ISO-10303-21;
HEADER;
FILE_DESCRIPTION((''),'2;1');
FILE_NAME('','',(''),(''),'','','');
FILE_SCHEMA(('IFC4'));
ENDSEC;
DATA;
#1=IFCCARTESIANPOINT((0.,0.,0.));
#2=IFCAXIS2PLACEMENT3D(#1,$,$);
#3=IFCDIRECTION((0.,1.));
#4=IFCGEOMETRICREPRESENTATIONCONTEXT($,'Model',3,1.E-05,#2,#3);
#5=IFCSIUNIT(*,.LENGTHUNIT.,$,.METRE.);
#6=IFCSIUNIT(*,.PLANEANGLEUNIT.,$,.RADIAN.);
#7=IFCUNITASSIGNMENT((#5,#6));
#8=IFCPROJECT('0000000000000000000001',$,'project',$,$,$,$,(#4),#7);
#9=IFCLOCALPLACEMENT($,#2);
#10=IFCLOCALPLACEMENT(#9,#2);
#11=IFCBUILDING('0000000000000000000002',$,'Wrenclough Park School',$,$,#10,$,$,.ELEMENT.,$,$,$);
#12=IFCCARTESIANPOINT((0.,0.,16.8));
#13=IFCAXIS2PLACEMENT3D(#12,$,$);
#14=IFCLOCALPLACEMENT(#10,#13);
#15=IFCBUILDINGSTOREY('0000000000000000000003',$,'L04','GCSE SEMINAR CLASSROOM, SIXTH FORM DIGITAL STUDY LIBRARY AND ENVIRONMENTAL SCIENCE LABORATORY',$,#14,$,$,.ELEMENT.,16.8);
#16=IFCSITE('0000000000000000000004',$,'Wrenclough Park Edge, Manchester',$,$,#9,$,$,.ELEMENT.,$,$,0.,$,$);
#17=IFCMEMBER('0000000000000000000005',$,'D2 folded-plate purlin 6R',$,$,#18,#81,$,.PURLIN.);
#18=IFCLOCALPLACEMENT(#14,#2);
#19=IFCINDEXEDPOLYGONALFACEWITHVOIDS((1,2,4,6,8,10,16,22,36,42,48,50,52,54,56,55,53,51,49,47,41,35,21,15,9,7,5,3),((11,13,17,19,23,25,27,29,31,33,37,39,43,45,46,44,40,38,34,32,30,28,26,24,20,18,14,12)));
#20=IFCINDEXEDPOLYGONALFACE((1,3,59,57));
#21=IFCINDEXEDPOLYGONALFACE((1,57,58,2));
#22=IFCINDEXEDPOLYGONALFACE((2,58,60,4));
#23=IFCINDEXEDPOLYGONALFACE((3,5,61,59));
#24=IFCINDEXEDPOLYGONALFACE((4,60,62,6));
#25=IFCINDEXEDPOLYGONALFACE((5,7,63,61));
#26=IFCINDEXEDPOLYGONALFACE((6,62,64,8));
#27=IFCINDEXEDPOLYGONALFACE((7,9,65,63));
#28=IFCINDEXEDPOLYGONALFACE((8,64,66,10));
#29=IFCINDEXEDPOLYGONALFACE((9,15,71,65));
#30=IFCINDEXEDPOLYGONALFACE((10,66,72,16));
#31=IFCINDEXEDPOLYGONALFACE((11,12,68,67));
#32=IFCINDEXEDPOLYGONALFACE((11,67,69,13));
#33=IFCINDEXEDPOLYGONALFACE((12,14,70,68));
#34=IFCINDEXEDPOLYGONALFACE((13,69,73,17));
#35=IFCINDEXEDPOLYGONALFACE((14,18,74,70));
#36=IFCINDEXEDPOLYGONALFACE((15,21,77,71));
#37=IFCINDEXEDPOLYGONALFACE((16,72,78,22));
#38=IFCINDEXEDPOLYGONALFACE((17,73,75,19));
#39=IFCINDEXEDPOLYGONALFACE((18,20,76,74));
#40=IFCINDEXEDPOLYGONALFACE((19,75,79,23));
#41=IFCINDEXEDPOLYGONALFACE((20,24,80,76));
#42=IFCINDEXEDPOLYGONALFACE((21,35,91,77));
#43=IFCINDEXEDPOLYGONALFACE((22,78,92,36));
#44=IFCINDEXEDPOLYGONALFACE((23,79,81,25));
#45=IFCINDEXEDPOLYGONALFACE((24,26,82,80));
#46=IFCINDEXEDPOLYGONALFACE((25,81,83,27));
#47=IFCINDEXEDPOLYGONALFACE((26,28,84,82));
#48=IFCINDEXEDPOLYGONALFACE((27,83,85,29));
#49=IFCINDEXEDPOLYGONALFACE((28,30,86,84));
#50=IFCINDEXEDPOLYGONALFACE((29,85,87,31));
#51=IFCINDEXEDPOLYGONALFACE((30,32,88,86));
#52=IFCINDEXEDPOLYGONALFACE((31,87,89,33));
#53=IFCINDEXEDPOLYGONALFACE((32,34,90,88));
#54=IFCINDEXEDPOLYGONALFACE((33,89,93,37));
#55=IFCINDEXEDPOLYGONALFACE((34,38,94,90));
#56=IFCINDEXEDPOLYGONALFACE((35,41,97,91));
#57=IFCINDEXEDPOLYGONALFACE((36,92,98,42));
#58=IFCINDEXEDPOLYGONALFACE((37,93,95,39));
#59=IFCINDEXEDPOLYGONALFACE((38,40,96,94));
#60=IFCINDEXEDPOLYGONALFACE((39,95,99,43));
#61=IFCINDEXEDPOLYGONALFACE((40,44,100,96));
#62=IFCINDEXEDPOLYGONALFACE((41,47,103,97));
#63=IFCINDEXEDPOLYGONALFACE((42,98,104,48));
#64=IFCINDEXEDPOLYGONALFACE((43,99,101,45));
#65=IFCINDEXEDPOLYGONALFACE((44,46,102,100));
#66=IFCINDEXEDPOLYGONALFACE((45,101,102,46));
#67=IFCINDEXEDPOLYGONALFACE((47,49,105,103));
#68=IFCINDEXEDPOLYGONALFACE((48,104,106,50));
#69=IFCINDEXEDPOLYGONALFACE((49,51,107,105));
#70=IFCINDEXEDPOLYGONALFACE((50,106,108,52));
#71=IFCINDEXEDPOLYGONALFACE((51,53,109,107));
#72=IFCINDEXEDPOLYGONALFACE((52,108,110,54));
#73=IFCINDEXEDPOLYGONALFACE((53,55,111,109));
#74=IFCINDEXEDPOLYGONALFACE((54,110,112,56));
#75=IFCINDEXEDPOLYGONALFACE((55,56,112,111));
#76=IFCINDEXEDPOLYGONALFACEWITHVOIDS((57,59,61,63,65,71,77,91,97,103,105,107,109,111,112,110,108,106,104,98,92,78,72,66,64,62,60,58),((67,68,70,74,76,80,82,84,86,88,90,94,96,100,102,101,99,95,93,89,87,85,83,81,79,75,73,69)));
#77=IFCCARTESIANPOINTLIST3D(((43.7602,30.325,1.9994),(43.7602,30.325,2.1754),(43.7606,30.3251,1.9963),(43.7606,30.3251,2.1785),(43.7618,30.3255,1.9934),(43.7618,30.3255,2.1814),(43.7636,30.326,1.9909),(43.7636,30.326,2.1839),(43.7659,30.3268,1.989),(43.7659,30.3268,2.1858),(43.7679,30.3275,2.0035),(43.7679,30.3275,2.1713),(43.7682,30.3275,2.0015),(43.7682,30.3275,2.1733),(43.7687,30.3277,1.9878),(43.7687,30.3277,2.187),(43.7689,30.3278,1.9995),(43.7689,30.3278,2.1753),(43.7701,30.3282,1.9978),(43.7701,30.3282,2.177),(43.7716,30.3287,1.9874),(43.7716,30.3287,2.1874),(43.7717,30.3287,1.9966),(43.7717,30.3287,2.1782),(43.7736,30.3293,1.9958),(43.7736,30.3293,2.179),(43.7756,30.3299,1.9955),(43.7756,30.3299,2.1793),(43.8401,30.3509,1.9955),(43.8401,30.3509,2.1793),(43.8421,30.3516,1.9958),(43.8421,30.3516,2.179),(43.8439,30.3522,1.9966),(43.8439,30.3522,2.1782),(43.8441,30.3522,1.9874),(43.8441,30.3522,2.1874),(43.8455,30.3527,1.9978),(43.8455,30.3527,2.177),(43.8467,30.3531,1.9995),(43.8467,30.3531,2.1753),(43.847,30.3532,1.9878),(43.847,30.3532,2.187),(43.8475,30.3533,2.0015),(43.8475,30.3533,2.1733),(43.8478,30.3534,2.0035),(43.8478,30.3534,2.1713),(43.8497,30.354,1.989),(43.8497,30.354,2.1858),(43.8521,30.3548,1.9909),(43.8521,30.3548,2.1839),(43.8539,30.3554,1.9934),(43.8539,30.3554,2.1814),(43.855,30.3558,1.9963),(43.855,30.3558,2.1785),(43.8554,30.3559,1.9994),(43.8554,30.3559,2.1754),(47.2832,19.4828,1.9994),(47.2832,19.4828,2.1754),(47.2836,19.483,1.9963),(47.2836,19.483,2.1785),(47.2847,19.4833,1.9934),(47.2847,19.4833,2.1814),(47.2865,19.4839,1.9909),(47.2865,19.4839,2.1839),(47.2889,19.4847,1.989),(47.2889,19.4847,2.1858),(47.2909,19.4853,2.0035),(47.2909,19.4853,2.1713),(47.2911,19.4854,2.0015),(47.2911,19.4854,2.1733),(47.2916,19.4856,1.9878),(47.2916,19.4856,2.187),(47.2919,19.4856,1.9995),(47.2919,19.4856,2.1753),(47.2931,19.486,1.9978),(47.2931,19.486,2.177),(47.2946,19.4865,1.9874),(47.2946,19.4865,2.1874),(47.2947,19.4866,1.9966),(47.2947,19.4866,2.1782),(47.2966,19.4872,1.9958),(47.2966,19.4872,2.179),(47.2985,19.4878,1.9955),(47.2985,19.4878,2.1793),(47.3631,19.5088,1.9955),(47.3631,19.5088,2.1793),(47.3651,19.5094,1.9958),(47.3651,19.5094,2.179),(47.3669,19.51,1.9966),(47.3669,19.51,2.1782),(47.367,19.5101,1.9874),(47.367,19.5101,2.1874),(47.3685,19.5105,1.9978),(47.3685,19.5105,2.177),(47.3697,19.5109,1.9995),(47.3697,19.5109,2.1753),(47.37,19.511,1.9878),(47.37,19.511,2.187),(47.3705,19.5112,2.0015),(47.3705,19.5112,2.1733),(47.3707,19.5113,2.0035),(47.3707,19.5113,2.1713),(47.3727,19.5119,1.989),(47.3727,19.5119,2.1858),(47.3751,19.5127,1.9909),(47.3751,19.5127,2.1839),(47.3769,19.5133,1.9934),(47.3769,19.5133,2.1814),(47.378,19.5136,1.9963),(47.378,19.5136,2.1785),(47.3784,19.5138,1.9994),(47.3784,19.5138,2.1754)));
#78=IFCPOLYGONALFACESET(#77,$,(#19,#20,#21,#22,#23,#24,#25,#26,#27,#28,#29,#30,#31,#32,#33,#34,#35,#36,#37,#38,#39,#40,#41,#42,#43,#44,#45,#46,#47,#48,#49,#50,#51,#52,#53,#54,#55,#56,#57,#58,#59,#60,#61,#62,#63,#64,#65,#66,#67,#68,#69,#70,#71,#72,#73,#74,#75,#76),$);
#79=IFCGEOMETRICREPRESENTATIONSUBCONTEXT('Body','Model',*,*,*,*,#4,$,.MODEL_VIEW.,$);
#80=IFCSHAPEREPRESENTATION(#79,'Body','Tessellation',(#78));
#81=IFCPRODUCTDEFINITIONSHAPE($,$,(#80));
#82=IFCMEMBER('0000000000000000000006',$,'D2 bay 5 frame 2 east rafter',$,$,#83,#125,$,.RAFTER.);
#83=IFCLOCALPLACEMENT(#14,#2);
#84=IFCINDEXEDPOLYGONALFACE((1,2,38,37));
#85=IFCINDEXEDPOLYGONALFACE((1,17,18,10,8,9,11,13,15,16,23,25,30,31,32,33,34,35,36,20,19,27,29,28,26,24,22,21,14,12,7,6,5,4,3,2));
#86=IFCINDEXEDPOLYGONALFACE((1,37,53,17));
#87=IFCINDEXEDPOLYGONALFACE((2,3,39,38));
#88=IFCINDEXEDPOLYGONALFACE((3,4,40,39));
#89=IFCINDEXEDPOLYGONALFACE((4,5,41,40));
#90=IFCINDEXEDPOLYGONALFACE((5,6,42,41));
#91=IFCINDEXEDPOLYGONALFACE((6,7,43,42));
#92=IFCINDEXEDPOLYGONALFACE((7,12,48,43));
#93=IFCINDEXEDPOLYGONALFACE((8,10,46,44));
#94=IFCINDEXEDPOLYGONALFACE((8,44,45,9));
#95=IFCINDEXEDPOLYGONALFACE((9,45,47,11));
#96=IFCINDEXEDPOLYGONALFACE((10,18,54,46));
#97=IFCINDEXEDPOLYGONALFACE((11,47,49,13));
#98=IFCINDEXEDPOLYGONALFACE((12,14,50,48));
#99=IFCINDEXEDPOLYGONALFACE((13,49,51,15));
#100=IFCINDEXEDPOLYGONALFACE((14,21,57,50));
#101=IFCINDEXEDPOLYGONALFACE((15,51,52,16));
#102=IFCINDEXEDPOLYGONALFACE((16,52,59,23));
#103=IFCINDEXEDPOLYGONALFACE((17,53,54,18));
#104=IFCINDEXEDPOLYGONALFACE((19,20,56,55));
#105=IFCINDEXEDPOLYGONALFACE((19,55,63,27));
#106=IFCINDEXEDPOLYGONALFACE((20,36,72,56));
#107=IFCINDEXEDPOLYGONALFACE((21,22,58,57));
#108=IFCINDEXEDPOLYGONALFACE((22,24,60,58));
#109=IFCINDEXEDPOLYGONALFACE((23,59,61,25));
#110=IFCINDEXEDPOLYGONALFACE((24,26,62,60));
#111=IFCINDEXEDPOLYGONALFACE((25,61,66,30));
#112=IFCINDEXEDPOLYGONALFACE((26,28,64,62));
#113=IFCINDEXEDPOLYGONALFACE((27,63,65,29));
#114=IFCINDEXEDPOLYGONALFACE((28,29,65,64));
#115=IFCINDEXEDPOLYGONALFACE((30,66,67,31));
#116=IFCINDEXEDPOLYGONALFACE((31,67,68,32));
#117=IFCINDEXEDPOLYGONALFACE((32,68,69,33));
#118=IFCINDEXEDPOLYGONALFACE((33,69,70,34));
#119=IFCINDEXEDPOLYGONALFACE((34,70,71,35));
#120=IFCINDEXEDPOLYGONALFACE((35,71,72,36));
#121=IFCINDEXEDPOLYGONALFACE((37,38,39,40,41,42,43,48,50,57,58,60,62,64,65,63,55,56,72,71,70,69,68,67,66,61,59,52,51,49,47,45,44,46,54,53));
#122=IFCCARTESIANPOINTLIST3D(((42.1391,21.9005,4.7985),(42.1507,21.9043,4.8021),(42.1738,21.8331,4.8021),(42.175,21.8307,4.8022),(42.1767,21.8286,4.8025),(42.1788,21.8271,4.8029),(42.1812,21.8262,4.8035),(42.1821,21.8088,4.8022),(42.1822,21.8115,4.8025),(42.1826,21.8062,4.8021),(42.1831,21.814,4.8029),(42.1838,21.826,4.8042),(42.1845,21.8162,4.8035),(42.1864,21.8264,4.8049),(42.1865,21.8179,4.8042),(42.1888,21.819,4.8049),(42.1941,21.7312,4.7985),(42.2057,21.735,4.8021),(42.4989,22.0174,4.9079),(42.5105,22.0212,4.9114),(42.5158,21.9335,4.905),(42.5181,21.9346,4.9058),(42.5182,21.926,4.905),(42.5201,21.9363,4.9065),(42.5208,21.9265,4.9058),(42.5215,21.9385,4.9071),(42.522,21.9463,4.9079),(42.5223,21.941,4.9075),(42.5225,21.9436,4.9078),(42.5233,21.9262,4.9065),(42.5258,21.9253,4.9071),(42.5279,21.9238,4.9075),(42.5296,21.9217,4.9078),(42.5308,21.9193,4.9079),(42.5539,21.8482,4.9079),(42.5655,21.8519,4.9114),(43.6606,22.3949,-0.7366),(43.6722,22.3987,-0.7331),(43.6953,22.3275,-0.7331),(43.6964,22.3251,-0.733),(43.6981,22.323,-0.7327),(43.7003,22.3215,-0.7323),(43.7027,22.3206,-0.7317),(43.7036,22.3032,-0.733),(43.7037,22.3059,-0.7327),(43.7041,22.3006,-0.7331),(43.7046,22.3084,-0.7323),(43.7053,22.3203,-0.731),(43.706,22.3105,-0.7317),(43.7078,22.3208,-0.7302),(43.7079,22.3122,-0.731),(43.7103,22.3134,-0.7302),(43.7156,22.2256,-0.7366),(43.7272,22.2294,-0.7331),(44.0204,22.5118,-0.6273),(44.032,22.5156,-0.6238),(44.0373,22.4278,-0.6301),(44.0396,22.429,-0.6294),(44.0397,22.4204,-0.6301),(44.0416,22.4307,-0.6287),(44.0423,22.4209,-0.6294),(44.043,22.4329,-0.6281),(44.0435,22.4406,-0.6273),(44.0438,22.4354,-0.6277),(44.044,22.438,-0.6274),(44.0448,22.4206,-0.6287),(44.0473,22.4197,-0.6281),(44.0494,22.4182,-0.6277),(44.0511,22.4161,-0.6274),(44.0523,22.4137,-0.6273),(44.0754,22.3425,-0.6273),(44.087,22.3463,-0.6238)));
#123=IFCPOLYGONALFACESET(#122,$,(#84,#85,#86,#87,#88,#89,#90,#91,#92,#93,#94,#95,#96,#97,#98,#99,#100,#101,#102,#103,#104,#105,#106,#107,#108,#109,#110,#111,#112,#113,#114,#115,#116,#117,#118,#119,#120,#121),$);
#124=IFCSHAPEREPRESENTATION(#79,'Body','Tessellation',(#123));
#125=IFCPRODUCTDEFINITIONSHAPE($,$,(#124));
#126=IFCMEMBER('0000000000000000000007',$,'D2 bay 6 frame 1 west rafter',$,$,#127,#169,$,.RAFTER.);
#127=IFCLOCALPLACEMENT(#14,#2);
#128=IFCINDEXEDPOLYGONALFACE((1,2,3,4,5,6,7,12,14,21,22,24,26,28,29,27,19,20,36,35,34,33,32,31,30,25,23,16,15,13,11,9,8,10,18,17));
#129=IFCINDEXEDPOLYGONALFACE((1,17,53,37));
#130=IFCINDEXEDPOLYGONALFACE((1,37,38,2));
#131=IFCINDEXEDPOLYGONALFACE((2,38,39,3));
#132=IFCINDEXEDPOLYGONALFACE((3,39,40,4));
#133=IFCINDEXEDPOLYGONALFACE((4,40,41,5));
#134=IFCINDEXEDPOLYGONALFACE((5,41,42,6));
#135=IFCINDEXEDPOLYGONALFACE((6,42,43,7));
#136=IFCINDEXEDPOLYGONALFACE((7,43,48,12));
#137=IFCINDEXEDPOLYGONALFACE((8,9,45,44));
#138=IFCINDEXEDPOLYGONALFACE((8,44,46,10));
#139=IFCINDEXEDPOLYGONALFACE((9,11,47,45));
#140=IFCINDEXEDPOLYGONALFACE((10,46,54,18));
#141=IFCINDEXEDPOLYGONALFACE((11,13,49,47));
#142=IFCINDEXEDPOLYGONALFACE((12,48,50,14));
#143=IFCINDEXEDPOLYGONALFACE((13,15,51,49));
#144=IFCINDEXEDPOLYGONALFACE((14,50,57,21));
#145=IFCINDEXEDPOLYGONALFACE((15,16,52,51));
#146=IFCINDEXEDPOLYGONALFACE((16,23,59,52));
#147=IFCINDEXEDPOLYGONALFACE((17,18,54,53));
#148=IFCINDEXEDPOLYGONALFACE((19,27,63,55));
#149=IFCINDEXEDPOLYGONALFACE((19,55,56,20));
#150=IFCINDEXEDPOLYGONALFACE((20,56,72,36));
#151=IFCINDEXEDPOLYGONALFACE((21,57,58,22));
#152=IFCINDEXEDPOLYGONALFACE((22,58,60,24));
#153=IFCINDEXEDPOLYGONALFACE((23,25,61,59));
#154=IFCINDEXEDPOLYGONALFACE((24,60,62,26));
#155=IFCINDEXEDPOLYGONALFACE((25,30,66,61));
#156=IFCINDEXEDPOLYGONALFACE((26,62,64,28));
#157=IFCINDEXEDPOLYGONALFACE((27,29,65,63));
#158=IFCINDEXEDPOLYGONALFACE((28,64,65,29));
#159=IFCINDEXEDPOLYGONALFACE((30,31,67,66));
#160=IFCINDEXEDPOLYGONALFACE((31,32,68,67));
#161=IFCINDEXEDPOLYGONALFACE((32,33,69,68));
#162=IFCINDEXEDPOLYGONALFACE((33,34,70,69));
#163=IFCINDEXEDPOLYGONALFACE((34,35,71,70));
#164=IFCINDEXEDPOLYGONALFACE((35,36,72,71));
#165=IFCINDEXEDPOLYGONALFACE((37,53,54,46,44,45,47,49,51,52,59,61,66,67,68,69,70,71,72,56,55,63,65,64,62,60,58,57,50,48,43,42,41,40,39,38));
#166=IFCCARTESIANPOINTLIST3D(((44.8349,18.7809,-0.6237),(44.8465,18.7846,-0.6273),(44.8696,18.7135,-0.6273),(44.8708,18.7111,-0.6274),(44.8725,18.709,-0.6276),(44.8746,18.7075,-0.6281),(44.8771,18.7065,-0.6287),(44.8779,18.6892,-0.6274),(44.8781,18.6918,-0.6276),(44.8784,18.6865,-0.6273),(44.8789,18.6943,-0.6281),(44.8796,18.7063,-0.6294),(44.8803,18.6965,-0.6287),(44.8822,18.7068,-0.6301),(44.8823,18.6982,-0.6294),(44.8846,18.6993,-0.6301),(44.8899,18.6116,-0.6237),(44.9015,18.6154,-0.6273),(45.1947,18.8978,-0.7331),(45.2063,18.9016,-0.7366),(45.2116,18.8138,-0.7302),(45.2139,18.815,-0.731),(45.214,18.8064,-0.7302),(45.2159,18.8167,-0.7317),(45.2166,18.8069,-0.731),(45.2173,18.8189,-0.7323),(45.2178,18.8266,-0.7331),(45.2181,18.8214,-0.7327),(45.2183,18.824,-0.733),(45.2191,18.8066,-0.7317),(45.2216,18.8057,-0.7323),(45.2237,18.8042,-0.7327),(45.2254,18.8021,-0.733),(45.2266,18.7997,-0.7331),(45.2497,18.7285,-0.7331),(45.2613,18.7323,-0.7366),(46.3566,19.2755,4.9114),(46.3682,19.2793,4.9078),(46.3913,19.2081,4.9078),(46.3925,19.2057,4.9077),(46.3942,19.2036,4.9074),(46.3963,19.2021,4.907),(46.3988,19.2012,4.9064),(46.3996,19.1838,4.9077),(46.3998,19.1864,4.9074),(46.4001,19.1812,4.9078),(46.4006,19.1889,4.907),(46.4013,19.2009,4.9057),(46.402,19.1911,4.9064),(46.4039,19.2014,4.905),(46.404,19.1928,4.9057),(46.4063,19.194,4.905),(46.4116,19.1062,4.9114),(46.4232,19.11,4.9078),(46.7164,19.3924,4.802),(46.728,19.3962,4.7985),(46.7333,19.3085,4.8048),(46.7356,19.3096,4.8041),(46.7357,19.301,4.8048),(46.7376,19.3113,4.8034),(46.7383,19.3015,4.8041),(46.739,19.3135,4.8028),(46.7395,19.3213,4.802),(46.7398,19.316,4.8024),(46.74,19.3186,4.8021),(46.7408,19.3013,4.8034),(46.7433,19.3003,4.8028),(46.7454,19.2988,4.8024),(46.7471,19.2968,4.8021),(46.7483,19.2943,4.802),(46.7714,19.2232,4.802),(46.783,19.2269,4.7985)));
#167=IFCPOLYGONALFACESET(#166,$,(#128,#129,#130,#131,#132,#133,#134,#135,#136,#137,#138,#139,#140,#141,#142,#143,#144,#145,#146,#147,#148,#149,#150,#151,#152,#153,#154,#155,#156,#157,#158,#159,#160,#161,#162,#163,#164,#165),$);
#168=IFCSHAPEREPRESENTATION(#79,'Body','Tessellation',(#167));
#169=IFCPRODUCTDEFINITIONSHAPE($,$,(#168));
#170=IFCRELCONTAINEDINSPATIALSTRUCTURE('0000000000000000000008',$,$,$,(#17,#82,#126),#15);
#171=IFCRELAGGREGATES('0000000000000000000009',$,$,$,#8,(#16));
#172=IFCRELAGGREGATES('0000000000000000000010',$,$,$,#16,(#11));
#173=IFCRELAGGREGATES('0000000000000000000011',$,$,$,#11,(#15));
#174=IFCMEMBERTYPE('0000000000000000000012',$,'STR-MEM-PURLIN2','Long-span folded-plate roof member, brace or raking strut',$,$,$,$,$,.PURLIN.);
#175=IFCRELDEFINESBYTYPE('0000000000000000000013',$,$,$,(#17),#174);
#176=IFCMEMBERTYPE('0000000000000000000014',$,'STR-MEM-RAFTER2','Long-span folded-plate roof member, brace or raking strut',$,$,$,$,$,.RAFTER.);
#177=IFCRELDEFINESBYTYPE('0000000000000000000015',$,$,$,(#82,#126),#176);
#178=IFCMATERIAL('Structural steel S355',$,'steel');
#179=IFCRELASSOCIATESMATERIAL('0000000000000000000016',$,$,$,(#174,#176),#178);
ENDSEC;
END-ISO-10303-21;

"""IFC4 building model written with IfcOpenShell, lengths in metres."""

from ifc_helpers import new_model, si_unit, direction, frame, origin, origin_2d, place, context, subcontext, project, spatial, hollow_rectangle, i_section, extrude, material, material_profile, profile_set, type_object, element, save


model = new_model("IFC4")

# Units and contexts
model_context = context("Model", 3, precision=1e-05, world=origin(), true_north=direction((0.0, 1.0)))
body_context = subcontext(model_context, "Body", "Model", "MODEL_VIEW")
ifc_project = project(units=[si_unit("LENGTHUNIT", "METRE"), si_unit("PLANEANGLEUNIT", "RADIAN")], contexts=[model_context])

# Site, building, storey
site_placement = place(None, origin())
site = spatial("IfcSite", under=ifc_project, at=site_placement, Name="Wrenclough Park Edge, Manchester", CompositionType="ELEMENT", RefElevation=0.0)
building_placement = place(site_placement, origin())
building = spatial("IfcBuilding", under=site, at=building_placement, Name="Wrenclough Park School", CompositionType="ELEMENT")
storey_placement = place(building_placement, frame((0.0, 0.0, 16.8)))
storey = spatial("IfcBuildingStorey", under=building, at=storey_placement, Name="L04", Description="GCSE SEMINAR CLASSROOM, SIXTH FORM DIGITAL STUDY LIBRARY AND ENVIRONMENTAL SCIENCE LABORATORY", CompositionType="ELEMENT", Elevation=16.8)

# Shared definitions
ifc_material_1 = material(Name="Structural steel S355", Category="steel")

# Members
ifc_material_profile_1 = material_profile(ifc_material_1, hollow_rectangle(XDim=0.1001, YDim=0.2, WallThickness=0.0081, InnerFilletRadius=0.0081, OuterFilletRadius=0.012, at=origin_2d()), Name="RHS 200x100x8.0")
ifc_profile_set_1 = profile_set([ifc_material_profile_1], Name="Structural steel S355")
member_type_1 = type_object("IfcMemberType", Name="STR-MEM-PURLIN2", Description="Long-span folded-plate roof member, brace or raking strut", PredefinedType="PURLIN", material=ifc_profile_set_1)
for number, where, z_axis, x_axis, name in (
    (1, (47.3308, 19.4983, 2.0874), (-0.309029, 0.951052, 0.0), (-0.951052, -0.309029, 0.0), "D2 folded-plate purlin 6R"),
):
    element("IfcMember", number, at=place(storey_placement, frame(where, z_axis=z_axis, x_axis=x_axis)), inside=storey, type_object=member_type_1, Name=name, PredefinedType="PURLIN", context=body_context, shape_type="SweptSolid", body=[
        extrude(hollow_rectangle(XDim=0.1001, YDim=0.2, WallThickness=0.0081, InnerFilletRadius=0.0081, OuterFilletRadius=0.012, at=origin_2d()), origin(), (0.0, 0.0, 1.0), 11.4001),
    ])
ifc_material_profile_2 = material_profile(ifc_material_1, i_section(OverallWidth=0.178, OverallDepth=0.4065, WebThickness=0.0078, FlangeThickness=0.0127, FilletRadius=0.0103, at=origin_2d()), Name="UKB 406x178x60")
ifc_profile_set_2 = profile_set([ifc_material_profile_2], Name="Structural steel S355")
member_type_2 = type_object("IfcMemberType", Name="STR-MEM-RAFTER2", Description="Long-span folded-plate roof member, brace or raking strut", PredefinedType="RAFTER", material=ifc_profile_set_2)
for number, where, z_axis, x_axis, name in (
    (2, (42.3523, 21.8762, 4.855), (0.264068, 0.085805, -0.96068), (-0.309031, 0.951052, 0.0), "D2 bay 5 frame 2 east rafter"),
    (3, (45.0481, 18.7566, -0.6802), (0.264107, 0.085846, 0.960665), (-0.309124, 0.951022, 0.0), "D2 bay 6 frame 1 west rafter"),
):
    element("IfcMember", number, at=place(storey_placement, frame(where, z_axis=z_axis, x_axis=x_axis)), inside=storey, type_object=member_type_2, Name=name, PredefinedType="RAFTER", context=body_context, shape_type="SweptSolid", body=[
        extrude(i_section(OverallWidth=0.178, OverallDepth=0.4065, WebThickness=0.0078, FlangeThickness=0.0127, FilletRadius=0.0103, at=origin_2d()), origin(), (0.0, 0.0, 1.0), 5.7617),
    ])

save(model, "model.ifc")
